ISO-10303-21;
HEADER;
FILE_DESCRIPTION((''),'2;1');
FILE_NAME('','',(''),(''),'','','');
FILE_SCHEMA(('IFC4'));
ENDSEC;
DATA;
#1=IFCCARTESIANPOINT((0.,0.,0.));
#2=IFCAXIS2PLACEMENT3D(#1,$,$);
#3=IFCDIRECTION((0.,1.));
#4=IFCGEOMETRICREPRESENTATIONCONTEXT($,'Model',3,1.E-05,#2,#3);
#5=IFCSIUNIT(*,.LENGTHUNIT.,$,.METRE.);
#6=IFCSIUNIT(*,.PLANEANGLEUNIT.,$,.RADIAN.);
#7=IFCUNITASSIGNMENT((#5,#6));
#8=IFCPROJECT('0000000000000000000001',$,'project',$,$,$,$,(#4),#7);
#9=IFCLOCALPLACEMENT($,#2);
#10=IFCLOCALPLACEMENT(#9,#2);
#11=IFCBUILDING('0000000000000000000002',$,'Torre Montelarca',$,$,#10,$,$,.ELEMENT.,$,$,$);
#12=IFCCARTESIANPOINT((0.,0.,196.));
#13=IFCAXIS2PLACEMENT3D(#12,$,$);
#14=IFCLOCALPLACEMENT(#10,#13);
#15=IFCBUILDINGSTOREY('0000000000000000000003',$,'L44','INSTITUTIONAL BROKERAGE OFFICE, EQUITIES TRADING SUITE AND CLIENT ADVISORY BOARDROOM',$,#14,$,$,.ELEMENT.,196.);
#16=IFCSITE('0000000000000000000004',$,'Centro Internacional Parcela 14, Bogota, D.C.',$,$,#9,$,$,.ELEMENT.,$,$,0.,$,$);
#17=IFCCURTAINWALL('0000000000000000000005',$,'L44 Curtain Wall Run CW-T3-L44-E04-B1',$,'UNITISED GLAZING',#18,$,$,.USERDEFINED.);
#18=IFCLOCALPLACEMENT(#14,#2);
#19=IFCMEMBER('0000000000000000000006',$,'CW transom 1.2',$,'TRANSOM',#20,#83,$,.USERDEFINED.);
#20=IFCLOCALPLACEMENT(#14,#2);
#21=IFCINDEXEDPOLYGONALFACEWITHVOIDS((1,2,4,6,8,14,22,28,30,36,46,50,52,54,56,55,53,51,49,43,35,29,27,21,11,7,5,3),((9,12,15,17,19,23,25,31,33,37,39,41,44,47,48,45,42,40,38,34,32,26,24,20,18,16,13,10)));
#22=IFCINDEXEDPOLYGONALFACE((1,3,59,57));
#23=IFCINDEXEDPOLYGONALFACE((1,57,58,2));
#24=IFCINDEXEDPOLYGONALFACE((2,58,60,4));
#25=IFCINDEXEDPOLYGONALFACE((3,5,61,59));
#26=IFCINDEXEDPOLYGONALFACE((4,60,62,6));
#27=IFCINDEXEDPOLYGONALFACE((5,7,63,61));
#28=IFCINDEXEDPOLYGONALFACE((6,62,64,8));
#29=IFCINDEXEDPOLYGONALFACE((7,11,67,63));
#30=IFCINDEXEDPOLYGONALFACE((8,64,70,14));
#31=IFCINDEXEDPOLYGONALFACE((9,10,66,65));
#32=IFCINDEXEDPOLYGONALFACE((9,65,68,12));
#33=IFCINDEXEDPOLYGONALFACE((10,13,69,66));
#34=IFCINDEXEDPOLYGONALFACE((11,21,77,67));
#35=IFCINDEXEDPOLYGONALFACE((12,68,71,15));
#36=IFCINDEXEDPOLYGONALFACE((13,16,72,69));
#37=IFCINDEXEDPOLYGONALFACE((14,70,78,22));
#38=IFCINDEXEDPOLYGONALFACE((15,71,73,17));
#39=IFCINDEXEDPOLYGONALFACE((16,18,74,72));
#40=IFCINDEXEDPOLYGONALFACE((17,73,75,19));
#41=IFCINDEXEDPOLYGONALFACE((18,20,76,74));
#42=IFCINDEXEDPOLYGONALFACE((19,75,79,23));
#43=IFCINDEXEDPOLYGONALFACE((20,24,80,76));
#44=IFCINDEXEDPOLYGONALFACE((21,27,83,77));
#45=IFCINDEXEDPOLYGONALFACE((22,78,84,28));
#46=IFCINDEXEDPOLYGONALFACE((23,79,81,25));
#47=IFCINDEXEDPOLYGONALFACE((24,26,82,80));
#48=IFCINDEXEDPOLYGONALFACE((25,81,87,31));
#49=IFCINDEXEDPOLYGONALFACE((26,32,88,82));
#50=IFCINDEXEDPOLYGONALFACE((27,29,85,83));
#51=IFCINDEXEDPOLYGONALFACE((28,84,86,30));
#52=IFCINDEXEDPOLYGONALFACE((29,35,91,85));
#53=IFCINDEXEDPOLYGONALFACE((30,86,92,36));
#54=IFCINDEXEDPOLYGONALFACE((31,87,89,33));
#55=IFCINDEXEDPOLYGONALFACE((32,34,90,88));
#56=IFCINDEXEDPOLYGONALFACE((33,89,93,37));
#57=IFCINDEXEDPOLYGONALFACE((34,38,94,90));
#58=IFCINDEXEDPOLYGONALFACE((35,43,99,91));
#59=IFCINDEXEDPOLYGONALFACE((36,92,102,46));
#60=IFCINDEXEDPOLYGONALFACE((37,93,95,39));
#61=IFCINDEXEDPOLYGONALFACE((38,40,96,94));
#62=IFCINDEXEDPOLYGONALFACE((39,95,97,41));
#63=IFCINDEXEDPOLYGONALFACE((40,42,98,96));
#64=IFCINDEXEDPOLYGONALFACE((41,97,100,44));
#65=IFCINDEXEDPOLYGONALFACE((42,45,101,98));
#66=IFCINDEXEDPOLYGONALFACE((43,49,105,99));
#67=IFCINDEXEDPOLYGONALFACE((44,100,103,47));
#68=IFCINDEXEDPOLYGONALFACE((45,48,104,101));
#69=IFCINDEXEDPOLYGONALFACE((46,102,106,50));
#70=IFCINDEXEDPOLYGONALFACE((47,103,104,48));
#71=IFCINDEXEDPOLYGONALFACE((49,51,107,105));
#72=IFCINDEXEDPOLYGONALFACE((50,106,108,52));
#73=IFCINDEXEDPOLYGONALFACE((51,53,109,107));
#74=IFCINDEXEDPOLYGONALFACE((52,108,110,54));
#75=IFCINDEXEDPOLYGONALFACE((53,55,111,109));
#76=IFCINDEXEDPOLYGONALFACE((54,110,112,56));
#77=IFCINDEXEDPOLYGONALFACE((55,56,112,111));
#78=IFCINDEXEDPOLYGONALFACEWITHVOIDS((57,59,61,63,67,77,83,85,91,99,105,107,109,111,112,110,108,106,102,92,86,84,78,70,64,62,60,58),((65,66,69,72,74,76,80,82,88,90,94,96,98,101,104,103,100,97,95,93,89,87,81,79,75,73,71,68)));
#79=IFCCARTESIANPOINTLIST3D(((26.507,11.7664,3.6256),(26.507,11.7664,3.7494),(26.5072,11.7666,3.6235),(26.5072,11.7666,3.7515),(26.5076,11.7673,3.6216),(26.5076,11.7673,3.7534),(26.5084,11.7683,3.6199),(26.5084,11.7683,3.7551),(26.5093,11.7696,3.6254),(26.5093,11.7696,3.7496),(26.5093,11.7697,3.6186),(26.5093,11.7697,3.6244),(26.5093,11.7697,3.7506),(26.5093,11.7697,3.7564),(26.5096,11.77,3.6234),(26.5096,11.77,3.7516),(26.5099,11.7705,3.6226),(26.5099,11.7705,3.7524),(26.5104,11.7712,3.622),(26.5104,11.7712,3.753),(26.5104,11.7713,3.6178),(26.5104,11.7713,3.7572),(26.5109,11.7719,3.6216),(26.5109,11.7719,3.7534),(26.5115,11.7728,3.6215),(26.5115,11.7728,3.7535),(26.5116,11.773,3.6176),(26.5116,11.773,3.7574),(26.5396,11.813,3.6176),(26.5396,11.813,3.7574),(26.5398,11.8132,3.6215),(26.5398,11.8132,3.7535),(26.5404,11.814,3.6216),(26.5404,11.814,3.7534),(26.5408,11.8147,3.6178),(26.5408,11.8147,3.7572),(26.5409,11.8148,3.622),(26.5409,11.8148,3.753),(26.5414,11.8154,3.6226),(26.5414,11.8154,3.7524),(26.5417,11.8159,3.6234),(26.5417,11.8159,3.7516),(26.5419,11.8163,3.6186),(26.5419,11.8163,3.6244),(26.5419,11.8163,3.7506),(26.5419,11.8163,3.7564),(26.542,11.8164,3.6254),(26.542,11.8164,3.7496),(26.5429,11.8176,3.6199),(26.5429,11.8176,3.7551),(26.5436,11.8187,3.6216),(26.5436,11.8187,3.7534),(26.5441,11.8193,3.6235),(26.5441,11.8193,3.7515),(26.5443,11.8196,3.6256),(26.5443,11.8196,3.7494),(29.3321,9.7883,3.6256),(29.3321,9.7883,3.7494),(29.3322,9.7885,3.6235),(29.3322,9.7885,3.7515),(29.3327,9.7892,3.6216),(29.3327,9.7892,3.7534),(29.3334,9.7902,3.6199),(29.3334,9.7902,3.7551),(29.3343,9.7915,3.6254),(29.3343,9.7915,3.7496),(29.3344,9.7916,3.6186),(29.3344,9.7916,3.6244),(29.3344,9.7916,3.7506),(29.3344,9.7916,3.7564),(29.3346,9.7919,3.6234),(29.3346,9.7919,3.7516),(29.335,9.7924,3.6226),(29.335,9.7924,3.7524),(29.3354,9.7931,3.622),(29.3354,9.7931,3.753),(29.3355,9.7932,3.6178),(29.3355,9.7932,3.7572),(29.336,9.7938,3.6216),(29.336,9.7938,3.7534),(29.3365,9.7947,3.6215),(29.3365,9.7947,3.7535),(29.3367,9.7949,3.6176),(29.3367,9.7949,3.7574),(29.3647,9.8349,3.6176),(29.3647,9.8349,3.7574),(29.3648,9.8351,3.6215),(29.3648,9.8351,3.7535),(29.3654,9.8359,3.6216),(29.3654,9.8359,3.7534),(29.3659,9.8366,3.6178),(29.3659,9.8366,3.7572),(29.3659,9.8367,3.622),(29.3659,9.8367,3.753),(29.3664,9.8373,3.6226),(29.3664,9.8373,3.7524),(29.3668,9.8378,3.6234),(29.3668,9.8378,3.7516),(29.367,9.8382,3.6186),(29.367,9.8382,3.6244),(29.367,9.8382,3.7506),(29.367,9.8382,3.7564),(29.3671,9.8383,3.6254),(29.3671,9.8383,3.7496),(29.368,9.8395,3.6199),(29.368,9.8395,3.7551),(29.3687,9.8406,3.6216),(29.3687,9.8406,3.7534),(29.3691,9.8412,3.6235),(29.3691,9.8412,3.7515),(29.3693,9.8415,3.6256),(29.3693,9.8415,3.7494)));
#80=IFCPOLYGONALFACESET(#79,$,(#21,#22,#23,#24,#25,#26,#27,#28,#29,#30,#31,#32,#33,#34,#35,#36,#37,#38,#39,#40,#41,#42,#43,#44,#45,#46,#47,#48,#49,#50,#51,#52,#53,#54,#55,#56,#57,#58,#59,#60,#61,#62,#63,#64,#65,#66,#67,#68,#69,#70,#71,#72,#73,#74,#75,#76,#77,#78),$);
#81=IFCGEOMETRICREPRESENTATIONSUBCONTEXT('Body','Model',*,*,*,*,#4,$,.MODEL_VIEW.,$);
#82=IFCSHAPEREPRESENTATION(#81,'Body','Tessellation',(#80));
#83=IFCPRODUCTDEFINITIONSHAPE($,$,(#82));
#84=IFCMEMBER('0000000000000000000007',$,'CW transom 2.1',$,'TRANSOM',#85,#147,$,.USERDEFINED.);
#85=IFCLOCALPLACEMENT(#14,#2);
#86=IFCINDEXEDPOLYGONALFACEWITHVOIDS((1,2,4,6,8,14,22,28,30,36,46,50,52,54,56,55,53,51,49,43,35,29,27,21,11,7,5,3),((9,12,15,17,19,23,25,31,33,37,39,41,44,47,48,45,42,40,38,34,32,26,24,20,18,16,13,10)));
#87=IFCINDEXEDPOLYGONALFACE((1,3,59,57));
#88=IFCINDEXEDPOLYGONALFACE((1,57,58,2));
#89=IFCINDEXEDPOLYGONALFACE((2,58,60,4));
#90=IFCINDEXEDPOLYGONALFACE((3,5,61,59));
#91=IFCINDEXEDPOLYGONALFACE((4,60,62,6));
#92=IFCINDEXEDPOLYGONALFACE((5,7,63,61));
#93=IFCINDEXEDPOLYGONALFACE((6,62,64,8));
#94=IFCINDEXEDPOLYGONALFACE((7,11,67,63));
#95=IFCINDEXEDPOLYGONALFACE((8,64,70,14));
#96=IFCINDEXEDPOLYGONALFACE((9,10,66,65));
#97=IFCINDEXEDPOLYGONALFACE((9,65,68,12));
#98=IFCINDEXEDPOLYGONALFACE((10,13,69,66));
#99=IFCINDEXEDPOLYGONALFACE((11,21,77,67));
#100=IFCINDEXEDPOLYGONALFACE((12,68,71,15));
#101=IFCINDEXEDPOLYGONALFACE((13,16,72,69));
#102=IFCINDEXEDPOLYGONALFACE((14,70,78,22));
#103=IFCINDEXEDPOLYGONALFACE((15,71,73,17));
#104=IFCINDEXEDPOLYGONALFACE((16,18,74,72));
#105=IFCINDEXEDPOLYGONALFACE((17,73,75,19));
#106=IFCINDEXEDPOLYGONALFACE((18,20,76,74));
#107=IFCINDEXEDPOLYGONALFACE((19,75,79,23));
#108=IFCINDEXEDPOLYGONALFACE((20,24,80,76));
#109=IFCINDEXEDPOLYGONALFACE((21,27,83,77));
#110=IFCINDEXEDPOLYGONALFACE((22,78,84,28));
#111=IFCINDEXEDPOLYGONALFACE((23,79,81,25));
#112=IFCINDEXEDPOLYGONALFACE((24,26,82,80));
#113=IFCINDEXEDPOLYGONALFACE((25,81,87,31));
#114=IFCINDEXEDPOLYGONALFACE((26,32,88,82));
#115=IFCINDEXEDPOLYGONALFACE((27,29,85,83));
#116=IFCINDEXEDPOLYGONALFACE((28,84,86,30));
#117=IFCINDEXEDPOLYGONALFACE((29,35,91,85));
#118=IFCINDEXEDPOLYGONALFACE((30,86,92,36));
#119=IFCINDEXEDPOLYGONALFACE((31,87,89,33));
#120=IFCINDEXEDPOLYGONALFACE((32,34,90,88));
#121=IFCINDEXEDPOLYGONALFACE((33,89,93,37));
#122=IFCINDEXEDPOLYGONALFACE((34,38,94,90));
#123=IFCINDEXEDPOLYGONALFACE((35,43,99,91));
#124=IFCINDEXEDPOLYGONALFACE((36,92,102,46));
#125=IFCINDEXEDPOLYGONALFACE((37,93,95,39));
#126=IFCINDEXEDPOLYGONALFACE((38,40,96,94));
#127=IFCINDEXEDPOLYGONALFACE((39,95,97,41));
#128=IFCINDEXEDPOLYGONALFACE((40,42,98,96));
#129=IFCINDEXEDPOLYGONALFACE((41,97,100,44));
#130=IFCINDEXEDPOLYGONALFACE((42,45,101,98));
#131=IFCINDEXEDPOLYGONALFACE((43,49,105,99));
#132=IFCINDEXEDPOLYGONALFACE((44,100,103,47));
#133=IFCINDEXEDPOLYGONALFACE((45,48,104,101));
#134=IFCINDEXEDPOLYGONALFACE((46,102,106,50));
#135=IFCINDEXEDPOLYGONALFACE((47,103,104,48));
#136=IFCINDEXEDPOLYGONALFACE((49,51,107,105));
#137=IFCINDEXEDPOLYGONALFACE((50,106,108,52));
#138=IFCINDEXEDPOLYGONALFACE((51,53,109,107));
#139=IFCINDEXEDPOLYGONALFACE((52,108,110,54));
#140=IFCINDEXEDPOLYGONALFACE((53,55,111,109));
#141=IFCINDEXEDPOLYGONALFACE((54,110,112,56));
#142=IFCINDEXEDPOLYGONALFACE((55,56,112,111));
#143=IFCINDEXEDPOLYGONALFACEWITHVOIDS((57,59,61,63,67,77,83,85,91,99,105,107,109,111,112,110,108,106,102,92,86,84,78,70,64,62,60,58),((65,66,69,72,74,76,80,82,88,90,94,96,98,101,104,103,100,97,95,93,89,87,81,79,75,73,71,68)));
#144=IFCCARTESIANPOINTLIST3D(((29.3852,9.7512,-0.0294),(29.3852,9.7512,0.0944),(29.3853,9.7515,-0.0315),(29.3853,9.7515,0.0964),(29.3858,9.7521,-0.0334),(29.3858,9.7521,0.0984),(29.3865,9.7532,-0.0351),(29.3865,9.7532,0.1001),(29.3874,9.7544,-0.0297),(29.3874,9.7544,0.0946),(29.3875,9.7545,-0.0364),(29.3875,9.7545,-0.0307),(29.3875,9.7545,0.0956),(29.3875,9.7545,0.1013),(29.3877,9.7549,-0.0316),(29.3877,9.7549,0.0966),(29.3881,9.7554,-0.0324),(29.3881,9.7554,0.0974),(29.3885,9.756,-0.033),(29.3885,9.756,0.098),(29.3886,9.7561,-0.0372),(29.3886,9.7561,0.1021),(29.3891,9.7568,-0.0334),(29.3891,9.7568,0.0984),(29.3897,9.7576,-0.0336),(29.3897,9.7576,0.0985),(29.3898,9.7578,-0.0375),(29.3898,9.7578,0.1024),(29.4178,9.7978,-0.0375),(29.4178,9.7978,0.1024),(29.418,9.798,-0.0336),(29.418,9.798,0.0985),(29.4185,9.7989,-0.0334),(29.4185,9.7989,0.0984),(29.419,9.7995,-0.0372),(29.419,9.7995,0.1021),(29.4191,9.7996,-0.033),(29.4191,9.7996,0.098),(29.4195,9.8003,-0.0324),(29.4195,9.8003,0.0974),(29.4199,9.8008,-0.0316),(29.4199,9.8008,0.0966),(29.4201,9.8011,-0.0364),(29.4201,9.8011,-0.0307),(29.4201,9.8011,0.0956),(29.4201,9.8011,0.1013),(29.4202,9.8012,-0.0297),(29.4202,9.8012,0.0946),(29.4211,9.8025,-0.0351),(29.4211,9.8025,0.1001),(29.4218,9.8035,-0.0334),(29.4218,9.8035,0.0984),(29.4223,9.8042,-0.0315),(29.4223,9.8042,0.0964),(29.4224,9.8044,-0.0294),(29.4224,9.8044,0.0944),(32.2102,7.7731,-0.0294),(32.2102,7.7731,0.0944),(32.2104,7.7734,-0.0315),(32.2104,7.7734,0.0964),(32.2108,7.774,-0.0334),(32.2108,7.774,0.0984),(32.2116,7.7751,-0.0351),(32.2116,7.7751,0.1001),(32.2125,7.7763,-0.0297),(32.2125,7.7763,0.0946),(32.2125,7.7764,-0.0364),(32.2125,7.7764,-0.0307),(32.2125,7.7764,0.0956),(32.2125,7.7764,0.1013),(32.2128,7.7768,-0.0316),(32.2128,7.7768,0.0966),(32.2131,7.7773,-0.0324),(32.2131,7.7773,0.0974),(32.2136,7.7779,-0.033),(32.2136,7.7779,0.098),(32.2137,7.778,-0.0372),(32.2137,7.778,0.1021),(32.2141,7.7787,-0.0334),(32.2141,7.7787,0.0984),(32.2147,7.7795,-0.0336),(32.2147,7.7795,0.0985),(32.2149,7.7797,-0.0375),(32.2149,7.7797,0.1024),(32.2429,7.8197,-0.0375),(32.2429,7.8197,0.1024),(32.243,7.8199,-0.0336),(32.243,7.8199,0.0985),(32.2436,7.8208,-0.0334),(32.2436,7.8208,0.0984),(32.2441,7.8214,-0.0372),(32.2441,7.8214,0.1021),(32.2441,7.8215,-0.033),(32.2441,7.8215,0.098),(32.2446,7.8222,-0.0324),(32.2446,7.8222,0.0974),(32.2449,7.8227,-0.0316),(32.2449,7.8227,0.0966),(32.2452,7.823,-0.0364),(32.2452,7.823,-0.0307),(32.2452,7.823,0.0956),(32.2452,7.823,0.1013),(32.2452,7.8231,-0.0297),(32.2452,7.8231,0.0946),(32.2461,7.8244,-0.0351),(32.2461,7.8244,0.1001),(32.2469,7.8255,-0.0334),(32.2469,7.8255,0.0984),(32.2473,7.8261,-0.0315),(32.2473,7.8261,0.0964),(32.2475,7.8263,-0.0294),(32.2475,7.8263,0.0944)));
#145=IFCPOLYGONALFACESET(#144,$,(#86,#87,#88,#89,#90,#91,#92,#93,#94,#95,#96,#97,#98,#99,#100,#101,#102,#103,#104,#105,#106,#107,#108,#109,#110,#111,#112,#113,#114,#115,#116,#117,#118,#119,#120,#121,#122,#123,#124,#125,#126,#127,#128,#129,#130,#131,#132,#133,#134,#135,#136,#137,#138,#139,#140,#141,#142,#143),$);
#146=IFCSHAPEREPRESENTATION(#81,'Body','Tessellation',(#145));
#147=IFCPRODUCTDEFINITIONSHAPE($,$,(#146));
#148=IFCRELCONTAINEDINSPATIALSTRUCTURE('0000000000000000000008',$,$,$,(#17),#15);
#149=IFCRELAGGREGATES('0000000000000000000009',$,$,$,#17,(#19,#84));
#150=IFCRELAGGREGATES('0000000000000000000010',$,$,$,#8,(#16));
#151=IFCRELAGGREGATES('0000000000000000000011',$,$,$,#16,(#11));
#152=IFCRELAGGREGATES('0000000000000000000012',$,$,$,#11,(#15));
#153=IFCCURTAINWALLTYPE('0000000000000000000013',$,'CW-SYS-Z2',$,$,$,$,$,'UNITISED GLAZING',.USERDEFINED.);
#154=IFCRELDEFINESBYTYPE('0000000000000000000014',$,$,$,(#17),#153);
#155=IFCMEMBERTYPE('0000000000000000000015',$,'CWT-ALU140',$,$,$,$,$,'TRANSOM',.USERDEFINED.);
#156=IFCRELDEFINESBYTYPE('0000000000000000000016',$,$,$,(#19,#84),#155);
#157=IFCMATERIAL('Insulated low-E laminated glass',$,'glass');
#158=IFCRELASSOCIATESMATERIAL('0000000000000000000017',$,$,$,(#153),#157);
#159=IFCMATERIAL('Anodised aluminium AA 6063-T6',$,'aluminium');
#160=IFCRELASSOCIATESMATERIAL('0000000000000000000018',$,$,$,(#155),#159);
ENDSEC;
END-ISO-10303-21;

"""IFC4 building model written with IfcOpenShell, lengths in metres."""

from ifc_helpers import new_model, si_unit, direction, frame, origin, origin_2d, place, context, subcontext, project, spatial, hollow_rectangle, extrude, source, transform, mapped, material, material_profile, profile_set, type_object, element, aggregate, save


model = new_model("IFC4")

# Units and contexts
model_context = context("Model", 3, precision=1e-05, world=origin(), true_north=direction((0.0, 1.0)))
body_context = subcontext(model_context, "Body", "Model", "MODEL_VIEW")
ifc_project = project(units=[si_unit("LENGTHUNIT", "METRE"), si_unit("PLANEANGLEUNIT", "RADIAN")], contexts=[model_context])

# Site, building, storey
site_placement = place(None, origin())
site = spatial("IfcSite", under=ifc_project, at=site_placement, Name="Centro Internacional Parcela 14, Bogota, D.C.", CompositionType="ELEMENT", RefElevation=0.0)
building_placement = place(site_placement, origin())
building = spatial("IfcBuilding", under=site, at=building_placement, Name="Torre Montelarca", CompositionType="ELEMENT")
storey_placement = place(building_placement, frame((0.0, 0.0, 196.0)))
storey = spatial("IfcBuildingStorey", under=building, at=storey_placement, Name="L44", Description="INSTITUTIONAL BROKERAGE OFFICE, EQUITIES TRADING SUITE AND CLIENT ADVISORY BOARDROOM", CompositionType="ELEMENT", Elevation=196.0)

# Shared definitions
ifc_material_1 = material(Name="Insulated low-E laminated glass", Category="glass")
curtain_wall_type = type_object("IfcCurtainWallType", Name="CW-SYS-Z2", ElementType="UNITISED GLAZING", PredefinedType="USERDEFINED", material=ifc_material_1)
ifc_material_2 = material(Name="Anodised aluminium AA 6063-T6", Category="aluminium")
ifc_material_profile_1 = material_profile(ifc_material_2, hollow_rectangle(XDim=0.0649, YDim=0.1399, WallThickness=0.0039, InnerFilletRadius=0.0039, OuterFilletRadius=0.0081, at=origin_2d()), Name="ALU65X140X4", Category="aluminium")
ifc_profile_set_1 = profile_set([ifc_material_profile_1], Name="Anodised aluminium AA 6063-T6")
member_type_1 = type_object("IfcMemberType", Name="CWT-ALU140", ElementType="TRANSOM", PredefinedType="USERDEFINED", material=ifc_profile_set_1)

# Curtain wall
curtain_wall_1_placement = place(storey_placement, origin())
curtain_wall_1 = element("IfcCurtainWall", 1, at=curtain_wall_1_placement, inside=storey, type_object=curtain_wall_type, Name="L44 Curtain Wall Run CW-T3-L44-E04-B1", ObjectType="UNITISED GLAZING", PredefinedType="USERDEFINED")

# Members
shared_shape_1 = source(origin(), body_context, "Body", "SweptSolid", [
    extrude(hollow_rectangle(XDim=0.0649, YDim=0.1399, WallThickness=0.0039, InnerFilletRadius=0.0039, OuterFilletRadius=0.0081, at=origin_2d()), origin(), (0.0, 0.0, 1.0), 3.4487),
])
member_1_placement = place(storey_placement, frame((26.5256, 11.793, 3.6875), z_axis=(0.819155, -0.573572, 0.0), x_axis=(0.573572, 0.819155, 0.0)))
member_1 = element("IfcMember", 2, at=member_1_placement, type_object=member_type_1, Name="CW transom 1.2", ObjectType="TRANSOM", PredefinedType="USERDEFINED", context=body_context, shape_type="MappedRepresentation", body=[
    mapped(shared_shape_1, transform((0.0, 0.0, 0.0), scale=1.0)),
])
member_2_placement = place(storey_placement, frame((29.4038, 9.7778, 0.0325), z_axis=(0.819155, -0.573572, 0.0), x_axis=(0.573572, 0.819155, 0.0)))
member_2 = element("IfcMember", 3, at=member_2_placement, type_object=member_type_1, Name="CW transom 2.1", ObjectType="TRANSOM", PredefinedType="USERDEFINED", context=body_context, shape_type="MappedRepresentation", body=[
    mapped(shared_shape_1, transform((0.0, 0.0, 0.0), scale=1.0)),
])

aggregate(curtain_wall_1, [member_1, member_2])

save(model, "model.ifc")
